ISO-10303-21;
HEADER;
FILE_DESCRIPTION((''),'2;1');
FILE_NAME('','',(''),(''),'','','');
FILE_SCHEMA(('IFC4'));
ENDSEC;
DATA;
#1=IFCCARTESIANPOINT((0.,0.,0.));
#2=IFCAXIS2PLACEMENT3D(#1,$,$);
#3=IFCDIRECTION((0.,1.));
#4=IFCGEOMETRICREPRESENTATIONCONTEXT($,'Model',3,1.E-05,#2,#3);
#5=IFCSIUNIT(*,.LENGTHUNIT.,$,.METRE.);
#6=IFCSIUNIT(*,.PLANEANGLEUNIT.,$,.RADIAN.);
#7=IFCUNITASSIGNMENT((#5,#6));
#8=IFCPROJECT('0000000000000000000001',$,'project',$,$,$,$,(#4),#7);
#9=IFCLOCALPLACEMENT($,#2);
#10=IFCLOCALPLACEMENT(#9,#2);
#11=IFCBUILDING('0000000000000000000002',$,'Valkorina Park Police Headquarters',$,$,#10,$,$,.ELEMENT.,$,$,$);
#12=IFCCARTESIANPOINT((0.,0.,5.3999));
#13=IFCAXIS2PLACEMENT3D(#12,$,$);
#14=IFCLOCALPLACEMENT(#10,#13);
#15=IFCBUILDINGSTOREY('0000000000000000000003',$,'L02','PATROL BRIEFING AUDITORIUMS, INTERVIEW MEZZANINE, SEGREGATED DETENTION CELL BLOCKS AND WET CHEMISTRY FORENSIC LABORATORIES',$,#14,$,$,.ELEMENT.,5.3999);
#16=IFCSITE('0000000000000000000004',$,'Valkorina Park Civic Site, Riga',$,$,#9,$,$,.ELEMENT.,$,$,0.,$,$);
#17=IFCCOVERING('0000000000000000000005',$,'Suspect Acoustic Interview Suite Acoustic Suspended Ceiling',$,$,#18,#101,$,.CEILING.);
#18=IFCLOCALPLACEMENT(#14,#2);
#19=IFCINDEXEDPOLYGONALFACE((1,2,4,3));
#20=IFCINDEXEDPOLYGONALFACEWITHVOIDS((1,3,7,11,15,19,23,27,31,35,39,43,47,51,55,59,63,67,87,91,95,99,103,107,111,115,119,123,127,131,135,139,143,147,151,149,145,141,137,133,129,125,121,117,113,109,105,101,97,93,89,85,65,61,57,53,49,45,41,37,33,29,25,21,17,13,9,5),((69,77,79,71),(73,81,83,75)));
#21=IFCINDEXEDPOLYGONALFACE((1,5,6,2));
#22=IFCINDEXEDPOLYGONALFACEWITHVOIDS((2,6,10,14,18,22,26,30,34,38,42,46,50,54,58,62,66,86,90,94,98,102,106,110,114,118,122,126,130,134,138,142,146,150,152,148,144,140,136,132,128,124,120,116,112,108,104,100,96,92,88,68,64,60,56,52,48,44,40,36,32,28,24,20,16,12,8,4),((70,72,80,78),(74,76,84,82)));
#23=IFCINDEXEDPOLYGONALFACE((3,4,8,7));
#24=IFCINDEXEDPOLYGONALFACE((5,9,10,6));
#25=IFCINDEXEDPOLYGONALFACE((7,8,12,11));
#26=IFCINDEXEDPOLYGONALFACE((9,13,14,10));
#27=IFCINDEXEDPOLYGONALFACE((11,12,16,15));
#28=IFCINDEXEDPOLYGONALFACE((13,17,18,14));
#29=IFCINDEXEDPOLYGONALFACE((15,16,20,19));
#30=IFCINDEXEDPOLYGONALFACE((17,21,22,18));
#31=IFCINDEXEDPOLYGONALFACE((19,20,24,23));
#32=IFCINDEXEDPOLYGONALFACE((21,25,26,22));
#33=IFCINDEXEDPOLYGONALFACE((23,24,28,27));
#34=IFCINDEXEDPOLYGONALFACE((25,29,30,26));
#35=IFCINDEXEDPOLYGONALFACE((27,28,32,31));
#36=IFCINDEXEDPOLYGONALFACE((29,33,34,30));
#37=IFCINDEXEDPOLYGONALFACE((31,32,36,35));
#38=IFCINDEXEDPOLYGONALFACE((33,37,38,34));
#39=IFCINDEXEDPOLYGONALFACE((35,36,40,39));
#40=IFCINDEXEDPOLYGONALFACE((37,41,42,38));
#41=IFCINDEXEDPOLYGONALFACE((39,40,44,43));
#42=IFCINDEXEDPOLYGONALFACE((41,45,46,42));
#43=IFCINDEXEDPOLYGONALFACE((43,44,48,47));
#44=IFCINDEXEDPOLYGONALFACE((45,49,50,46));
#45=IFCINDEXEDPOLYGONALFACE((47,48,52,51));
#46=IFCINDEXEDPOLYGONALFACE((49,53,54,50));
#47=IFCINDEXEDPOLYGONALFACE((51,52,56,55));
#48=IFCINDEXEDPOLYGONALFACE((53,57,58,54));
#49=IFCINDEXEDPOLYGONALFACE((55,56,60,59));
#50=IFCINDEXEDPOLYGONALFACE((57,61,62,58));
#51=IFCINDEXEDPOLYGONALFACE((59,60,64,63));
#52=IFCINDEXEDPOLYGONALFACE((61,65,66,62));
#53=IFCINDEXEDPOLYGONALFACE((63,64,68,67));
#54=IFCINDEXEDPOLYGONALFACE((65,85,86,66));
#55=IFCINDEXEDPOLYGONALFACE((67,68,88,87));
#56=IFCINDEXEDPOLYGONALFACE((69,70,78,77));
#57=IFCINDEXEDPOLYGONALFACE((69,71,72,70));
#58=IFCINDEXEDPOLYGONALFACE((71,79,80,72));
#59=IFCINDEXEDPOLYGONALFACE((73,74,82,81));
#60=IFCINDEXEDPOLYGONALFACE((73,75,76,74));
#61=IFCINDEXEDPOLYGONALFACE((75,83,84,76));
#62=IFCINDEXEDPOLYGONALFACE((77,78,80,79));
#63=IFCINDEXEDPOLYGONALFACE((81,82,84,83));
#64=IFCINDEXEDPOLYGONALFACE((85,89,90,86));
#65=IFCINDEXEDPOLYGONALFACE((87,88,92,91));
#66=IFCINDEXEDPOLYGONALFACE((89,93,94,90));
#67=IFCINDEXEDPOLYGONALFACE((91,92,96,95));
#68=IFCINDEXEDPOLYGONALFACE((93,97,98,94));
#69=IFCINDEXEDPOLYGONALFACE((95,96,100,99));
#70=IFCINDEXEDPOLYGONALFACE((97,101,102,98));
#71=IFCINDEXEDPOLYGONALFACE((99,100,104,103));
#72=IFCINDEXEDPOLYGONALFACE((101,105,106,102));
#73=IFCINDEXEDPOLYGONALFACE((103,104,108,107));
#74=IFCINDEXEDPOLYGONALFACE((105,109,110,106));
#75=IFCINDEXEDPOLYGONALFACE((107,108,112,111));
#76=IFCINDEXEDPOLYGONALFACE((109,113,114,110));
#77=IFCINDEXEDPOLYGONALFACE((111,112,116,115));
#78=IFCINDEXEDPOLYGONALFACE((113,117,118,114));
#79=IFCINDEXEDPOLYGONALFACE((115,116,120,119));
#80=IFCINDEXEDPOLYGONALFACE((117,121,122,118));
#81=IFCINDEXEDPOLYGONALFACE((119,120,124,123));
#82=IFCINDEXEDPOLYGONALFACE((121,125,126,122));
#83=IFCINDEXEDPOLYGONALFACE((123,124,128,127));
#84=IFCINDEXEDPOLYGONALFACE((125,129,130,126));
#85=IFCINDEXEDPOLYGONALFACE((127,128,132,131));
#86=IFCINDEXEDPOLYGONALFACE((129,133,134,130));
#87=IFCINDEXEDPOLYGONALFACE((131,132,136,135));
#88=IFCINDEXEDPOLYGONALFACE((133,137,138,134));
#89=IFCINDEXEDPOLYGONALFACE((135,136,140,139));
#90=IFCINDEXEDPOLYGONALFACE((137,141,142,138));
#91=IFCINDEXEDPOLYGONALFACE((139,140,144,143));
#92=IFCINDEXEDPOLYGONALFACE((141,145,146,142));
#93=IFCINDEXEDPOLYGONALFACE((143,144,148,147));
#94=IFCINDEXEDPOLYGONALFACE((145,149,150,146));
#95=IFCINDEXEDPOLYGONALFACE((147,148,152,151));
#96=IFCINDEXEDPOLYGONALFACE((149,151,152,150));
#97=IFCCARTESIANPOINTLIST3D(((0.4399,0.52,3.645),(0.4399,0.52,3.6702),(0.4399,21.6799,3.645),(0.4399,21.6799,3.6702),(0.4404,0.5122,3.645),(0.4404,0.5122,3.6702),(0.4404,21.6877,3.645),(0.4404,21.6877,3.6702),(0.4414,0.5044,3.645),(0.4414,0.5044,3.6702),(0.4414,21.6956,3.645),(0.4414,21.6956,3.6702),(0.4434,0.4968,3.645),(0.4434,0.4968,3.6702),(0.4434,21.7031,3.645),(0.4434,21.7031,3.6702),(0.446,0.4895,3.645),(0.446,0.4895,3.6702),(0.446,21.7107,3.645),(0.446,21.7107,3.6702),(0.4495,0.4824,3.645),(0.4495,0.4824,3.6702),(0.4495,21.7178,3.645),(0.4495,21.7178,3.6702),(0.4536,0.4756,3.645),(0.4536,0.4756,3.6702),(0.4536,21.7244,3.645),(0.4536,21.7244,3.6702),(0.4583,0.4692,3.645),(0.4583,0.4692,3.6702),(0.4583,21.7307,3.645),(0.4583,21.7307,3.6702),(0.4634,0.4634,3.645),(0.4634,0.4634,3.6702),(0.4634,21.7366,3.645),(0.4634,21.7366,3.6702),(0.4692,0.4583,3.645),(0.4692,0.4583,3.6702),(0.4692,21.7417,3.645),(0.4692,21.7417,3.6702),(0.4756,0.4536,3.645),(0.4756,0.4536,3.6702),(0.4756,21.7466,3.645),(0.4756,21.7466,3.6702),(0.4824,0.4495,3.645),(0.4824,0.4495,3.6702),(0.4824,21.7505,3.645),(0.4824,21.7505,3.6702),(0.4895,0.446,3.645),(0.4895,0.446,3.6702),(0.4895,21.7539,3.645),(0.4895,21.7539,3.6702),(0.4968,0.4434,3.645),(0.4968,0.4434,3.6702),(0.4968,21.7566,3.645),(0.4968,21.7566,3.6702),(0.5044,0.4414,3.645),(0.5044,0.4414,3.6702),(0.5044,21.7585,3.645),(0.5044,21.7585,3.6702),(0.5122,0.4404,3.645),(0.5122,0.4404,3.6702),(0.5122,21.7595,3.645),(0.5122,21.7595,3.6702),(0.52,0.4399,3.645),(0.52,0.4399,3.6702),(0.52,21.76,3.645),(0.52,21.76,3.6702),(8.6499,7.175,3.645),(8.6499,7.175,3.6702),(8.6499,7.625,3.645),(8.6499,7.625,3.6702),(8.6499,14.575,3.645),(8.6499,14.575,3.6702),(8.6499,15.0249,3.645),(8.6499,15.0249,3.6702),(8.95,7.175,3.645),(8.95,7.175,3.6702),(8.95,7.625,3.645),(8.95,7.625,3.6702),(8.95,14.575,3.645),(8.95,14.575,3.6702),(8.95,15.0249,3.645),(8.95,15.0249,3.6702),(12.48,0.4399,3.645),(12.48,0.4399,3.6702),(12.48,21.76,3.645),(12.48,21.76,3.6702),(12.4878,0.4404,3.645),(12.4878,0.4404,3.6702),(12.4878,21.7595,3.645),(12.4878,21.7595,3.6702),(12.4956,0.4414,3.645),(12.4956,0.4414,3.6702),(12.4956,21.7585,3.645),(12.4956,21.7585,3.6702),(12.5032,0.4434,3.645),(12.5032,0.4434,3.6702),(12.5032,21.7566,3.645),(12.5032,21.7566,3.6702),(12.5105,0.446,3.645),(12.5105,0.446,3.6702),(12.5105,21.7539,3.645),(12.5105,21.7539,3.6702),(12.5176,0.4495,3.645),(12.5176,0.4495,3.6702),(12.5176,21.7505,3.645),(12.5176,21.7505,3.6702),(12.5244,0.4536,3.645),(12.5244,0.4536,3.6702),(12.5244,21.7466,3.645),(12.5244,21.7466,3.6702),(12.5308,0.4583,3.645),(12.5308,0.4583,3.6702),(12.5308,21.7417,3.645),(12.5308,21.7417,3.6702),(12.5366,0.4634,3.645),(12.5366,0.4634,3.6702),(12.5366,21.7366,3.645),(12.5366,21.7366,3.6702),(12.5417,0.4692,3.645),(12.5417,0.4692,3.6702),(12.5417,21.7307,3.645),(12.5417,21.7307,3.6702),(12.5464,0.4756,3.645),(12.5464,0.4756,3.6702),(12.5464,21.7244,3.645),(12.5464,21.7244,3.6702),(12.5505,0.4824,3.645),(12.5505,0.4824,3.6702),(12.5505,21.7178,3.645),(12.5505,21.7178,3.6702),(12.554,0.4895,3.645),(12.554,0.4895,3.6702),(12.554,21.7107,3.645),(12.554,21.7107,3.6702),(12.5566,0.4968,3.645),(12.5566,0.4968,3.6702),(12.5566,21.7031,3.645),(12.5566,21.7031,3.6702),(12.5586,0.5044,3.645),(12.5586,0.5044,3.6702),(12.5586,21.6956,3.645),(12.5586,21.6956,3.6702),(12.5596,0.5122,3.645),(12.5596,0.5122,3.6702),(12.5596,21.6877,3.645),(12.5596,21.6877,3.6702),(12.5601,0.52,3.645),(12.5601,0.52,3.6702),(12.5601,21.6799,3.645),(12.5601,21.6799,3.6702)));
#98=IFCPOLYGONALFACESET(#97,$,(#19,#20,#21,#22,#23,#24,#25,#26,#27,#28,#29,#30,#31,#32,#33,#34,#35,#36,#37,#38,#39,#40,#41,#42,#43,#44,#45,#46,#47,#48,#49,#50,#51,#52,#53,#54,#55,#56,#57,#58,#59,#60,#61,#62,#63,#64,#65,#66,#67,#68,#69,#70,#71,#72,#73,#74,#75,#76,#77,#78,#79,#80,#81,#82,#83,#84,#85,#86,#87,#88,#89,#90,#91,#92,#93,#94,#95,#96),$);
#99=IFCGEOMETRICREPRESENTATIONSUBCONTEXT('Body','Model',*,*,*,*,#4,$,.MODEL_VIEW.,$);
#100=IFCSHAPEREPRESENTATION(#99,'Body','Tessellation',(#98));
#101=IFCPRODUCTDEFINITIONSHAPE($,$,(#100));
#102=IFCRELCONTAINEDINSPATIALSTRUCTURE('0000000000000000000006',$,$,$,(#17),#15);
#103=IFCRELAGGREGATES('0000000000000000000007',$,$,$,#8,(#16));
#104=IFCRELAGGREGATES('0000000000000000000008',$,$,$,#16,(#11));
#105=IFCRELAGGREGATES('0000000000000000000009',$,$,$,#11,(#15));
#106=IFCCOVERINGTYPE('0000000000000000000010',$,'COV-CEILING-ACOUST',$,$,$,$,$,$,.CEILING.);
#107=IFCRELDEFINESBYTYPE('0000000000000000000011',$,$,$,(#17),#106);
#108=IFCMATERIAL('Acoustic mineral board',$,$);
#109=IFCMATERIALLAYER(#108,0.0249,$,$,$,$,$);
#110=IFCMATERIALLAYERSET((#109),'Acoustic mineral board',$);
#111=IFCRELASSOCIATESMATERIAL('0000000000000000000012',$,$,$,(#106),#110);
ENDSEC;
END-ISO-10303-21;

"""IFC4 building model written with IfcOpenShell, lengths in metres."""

from ifc_helpers import new_model, si_unit, direction, frame, origin, place, context, subcontext, project, spatial, polyline, outline, extrude, material, layer, layer_set, type_object, element, save


model = new_model("IFC4")

# Units and contexts
model_context = context("Model", 3, precision=1e-05, world=origin(), true_north=direction((0.0, 1.0)))
body_context = subcontext(model_context, "Body", "Model", "MODEL_VIEW")
ifc_project = project(units=[si_unit("LENGTHUNIT", "METRE"), si_unit("PLANEANGLEUNIT", "RADIAN")], contexts=[model_context])

# Site, building, storey
site_placement = place(None, origin())
site = spatial("IfcSite", under=ifc_project, at=site_placement, Name="Valkorina Park Civic Site, Riga", CompositionType="ELEMENT", RefElevation=0.0)
building_placement = place(site_placement, origin())
building = spatial("IfcBuilding", under=site, at=building_placement, Name="Valkorina Park Police Headquarters", CompositionType="ELEMENT")
storey_placement = place(building_placement, frame((0.0, 0.0, 5.3999)))
storey = spatial("IfcBuildingStorey", under=building, at=storey_placement, Name="L02", Description="PATROL BRIEFING AUDITORIUMS, INTERVIEW MEZZANINE, SEGREGATED DETENTION CELL BLOCKS AND WET CHEMISTRY FORENSIC LABORATORIES", CompositionType="ELEMENT", Elevation=5.3999)

# Covering
ifc_material_1 = material(Name="Acoustic mineral board")
ifc_layer_1 = layer(ifc_material_1, 0.0249)
ifc_layer_set_1 = layer_set([ifc_layer_1], Name="Acoustic mineral board")
covering_type_1 = type_object("IfcCoveringType", Name="COV-CEILING-ACOUST", PredefinedType="CEILING", material=ifc_layer_set_1)
covering_1_placement = place(storey_placement, frame((0.0, 0.0, 3.645)))
element("IfcCovering", 1, at=covering_1_placement, inside=storey, type_object=covering_type_1, Name="Suspect Acoustic Interview Suite Acoustic Suspended Ceiling", PredefinedType="CEILING", context=body_context, shape_type="SweptSolid", body=[
    extrude(outline(polyline([(12.5586, 0.5044), (12.5596, 0.5122), (12.5601, 0.52), (12.5601, 21.6799), (12.5596, 21.6877), (12.5586, 21.6956), (12.5566, 21.7031), (12.554, 21.7107), (12.5505, 21.7178), (12.5464, 21.7244), (12.5417, 21.7307), (12.5366, 21.7366), (12.5308, 21.7417), (12.5244, 21.7466), (12.5176, 21.7505), (12.5105, 21.7539), (12.5032, 21.7566), (12.4956, 21.7585), (12.4878, 21.7595), (12.48, 21.76), (0.52, 21.76), (0.5122, 21.7595), (0.5044, 21.7585), (0.4968, 21.7566), (0.4895, 21.7539), (0.4824, 21.7505), (0.4756, 21.7466), (0.4692, 21.7417), (0.4634, 21.7366), (0.4583, 21.7307), (0.4536, 21.7244), (0.4495, 21.7178), (0.446, 21.7107), (0.4434, 21.7031), (0.4414, 21.6956), (0.4404, 21.6877), (0.4399, 21.6799), (0.4399, 0.52), (0.4404, 0.5122), (0.4414, 0.5044), (0.4434, 0.4968), (0.446, 0.4895), (0.4495, 0.4824), (0.4536, 0.4756), (0.4583, 0.4692), (0.4634, 0.4634), (0.4692, 0.4583), (0.4756, 0.4536), (0.4824, 0.4495), (0.4895, 0.446), (0.4968, 0.4434), (0.5044, 0.4414), (0.5122, 0.4404), (0.52, 0.4399), (12.48, 0.4399), (12.4878, 0.4404), (12.4956, 0.4414), (12.5032, 0.4434), (12.5105, 0.446), (12.5176, 0.4495), (12.5244, 0.4536), (12.5308, 0.4583), (12.5366, 0.4634), (12.5417, 0.4692), (12.5464, 0.4756), (12.5505, 0.4824), (12.554, 0.4895), (12.5566, 0.4968), (12.5586, 0.5044)]), holes=[polyline([(8.95, 7.175), (8.6499, 7.175), (8.6499, 7.625), (8.95, 7.625), (8.95, 7.175)]), polyline([(8.95, 14.575), (8.6499, 14.575), (8.6499, 15.0249), (8.95, 15.0249), (8.95, 14.575)])]), origin(), (0.0, 0.0, 1.0), 0.0251),
])

save(model, "model.ifc")
